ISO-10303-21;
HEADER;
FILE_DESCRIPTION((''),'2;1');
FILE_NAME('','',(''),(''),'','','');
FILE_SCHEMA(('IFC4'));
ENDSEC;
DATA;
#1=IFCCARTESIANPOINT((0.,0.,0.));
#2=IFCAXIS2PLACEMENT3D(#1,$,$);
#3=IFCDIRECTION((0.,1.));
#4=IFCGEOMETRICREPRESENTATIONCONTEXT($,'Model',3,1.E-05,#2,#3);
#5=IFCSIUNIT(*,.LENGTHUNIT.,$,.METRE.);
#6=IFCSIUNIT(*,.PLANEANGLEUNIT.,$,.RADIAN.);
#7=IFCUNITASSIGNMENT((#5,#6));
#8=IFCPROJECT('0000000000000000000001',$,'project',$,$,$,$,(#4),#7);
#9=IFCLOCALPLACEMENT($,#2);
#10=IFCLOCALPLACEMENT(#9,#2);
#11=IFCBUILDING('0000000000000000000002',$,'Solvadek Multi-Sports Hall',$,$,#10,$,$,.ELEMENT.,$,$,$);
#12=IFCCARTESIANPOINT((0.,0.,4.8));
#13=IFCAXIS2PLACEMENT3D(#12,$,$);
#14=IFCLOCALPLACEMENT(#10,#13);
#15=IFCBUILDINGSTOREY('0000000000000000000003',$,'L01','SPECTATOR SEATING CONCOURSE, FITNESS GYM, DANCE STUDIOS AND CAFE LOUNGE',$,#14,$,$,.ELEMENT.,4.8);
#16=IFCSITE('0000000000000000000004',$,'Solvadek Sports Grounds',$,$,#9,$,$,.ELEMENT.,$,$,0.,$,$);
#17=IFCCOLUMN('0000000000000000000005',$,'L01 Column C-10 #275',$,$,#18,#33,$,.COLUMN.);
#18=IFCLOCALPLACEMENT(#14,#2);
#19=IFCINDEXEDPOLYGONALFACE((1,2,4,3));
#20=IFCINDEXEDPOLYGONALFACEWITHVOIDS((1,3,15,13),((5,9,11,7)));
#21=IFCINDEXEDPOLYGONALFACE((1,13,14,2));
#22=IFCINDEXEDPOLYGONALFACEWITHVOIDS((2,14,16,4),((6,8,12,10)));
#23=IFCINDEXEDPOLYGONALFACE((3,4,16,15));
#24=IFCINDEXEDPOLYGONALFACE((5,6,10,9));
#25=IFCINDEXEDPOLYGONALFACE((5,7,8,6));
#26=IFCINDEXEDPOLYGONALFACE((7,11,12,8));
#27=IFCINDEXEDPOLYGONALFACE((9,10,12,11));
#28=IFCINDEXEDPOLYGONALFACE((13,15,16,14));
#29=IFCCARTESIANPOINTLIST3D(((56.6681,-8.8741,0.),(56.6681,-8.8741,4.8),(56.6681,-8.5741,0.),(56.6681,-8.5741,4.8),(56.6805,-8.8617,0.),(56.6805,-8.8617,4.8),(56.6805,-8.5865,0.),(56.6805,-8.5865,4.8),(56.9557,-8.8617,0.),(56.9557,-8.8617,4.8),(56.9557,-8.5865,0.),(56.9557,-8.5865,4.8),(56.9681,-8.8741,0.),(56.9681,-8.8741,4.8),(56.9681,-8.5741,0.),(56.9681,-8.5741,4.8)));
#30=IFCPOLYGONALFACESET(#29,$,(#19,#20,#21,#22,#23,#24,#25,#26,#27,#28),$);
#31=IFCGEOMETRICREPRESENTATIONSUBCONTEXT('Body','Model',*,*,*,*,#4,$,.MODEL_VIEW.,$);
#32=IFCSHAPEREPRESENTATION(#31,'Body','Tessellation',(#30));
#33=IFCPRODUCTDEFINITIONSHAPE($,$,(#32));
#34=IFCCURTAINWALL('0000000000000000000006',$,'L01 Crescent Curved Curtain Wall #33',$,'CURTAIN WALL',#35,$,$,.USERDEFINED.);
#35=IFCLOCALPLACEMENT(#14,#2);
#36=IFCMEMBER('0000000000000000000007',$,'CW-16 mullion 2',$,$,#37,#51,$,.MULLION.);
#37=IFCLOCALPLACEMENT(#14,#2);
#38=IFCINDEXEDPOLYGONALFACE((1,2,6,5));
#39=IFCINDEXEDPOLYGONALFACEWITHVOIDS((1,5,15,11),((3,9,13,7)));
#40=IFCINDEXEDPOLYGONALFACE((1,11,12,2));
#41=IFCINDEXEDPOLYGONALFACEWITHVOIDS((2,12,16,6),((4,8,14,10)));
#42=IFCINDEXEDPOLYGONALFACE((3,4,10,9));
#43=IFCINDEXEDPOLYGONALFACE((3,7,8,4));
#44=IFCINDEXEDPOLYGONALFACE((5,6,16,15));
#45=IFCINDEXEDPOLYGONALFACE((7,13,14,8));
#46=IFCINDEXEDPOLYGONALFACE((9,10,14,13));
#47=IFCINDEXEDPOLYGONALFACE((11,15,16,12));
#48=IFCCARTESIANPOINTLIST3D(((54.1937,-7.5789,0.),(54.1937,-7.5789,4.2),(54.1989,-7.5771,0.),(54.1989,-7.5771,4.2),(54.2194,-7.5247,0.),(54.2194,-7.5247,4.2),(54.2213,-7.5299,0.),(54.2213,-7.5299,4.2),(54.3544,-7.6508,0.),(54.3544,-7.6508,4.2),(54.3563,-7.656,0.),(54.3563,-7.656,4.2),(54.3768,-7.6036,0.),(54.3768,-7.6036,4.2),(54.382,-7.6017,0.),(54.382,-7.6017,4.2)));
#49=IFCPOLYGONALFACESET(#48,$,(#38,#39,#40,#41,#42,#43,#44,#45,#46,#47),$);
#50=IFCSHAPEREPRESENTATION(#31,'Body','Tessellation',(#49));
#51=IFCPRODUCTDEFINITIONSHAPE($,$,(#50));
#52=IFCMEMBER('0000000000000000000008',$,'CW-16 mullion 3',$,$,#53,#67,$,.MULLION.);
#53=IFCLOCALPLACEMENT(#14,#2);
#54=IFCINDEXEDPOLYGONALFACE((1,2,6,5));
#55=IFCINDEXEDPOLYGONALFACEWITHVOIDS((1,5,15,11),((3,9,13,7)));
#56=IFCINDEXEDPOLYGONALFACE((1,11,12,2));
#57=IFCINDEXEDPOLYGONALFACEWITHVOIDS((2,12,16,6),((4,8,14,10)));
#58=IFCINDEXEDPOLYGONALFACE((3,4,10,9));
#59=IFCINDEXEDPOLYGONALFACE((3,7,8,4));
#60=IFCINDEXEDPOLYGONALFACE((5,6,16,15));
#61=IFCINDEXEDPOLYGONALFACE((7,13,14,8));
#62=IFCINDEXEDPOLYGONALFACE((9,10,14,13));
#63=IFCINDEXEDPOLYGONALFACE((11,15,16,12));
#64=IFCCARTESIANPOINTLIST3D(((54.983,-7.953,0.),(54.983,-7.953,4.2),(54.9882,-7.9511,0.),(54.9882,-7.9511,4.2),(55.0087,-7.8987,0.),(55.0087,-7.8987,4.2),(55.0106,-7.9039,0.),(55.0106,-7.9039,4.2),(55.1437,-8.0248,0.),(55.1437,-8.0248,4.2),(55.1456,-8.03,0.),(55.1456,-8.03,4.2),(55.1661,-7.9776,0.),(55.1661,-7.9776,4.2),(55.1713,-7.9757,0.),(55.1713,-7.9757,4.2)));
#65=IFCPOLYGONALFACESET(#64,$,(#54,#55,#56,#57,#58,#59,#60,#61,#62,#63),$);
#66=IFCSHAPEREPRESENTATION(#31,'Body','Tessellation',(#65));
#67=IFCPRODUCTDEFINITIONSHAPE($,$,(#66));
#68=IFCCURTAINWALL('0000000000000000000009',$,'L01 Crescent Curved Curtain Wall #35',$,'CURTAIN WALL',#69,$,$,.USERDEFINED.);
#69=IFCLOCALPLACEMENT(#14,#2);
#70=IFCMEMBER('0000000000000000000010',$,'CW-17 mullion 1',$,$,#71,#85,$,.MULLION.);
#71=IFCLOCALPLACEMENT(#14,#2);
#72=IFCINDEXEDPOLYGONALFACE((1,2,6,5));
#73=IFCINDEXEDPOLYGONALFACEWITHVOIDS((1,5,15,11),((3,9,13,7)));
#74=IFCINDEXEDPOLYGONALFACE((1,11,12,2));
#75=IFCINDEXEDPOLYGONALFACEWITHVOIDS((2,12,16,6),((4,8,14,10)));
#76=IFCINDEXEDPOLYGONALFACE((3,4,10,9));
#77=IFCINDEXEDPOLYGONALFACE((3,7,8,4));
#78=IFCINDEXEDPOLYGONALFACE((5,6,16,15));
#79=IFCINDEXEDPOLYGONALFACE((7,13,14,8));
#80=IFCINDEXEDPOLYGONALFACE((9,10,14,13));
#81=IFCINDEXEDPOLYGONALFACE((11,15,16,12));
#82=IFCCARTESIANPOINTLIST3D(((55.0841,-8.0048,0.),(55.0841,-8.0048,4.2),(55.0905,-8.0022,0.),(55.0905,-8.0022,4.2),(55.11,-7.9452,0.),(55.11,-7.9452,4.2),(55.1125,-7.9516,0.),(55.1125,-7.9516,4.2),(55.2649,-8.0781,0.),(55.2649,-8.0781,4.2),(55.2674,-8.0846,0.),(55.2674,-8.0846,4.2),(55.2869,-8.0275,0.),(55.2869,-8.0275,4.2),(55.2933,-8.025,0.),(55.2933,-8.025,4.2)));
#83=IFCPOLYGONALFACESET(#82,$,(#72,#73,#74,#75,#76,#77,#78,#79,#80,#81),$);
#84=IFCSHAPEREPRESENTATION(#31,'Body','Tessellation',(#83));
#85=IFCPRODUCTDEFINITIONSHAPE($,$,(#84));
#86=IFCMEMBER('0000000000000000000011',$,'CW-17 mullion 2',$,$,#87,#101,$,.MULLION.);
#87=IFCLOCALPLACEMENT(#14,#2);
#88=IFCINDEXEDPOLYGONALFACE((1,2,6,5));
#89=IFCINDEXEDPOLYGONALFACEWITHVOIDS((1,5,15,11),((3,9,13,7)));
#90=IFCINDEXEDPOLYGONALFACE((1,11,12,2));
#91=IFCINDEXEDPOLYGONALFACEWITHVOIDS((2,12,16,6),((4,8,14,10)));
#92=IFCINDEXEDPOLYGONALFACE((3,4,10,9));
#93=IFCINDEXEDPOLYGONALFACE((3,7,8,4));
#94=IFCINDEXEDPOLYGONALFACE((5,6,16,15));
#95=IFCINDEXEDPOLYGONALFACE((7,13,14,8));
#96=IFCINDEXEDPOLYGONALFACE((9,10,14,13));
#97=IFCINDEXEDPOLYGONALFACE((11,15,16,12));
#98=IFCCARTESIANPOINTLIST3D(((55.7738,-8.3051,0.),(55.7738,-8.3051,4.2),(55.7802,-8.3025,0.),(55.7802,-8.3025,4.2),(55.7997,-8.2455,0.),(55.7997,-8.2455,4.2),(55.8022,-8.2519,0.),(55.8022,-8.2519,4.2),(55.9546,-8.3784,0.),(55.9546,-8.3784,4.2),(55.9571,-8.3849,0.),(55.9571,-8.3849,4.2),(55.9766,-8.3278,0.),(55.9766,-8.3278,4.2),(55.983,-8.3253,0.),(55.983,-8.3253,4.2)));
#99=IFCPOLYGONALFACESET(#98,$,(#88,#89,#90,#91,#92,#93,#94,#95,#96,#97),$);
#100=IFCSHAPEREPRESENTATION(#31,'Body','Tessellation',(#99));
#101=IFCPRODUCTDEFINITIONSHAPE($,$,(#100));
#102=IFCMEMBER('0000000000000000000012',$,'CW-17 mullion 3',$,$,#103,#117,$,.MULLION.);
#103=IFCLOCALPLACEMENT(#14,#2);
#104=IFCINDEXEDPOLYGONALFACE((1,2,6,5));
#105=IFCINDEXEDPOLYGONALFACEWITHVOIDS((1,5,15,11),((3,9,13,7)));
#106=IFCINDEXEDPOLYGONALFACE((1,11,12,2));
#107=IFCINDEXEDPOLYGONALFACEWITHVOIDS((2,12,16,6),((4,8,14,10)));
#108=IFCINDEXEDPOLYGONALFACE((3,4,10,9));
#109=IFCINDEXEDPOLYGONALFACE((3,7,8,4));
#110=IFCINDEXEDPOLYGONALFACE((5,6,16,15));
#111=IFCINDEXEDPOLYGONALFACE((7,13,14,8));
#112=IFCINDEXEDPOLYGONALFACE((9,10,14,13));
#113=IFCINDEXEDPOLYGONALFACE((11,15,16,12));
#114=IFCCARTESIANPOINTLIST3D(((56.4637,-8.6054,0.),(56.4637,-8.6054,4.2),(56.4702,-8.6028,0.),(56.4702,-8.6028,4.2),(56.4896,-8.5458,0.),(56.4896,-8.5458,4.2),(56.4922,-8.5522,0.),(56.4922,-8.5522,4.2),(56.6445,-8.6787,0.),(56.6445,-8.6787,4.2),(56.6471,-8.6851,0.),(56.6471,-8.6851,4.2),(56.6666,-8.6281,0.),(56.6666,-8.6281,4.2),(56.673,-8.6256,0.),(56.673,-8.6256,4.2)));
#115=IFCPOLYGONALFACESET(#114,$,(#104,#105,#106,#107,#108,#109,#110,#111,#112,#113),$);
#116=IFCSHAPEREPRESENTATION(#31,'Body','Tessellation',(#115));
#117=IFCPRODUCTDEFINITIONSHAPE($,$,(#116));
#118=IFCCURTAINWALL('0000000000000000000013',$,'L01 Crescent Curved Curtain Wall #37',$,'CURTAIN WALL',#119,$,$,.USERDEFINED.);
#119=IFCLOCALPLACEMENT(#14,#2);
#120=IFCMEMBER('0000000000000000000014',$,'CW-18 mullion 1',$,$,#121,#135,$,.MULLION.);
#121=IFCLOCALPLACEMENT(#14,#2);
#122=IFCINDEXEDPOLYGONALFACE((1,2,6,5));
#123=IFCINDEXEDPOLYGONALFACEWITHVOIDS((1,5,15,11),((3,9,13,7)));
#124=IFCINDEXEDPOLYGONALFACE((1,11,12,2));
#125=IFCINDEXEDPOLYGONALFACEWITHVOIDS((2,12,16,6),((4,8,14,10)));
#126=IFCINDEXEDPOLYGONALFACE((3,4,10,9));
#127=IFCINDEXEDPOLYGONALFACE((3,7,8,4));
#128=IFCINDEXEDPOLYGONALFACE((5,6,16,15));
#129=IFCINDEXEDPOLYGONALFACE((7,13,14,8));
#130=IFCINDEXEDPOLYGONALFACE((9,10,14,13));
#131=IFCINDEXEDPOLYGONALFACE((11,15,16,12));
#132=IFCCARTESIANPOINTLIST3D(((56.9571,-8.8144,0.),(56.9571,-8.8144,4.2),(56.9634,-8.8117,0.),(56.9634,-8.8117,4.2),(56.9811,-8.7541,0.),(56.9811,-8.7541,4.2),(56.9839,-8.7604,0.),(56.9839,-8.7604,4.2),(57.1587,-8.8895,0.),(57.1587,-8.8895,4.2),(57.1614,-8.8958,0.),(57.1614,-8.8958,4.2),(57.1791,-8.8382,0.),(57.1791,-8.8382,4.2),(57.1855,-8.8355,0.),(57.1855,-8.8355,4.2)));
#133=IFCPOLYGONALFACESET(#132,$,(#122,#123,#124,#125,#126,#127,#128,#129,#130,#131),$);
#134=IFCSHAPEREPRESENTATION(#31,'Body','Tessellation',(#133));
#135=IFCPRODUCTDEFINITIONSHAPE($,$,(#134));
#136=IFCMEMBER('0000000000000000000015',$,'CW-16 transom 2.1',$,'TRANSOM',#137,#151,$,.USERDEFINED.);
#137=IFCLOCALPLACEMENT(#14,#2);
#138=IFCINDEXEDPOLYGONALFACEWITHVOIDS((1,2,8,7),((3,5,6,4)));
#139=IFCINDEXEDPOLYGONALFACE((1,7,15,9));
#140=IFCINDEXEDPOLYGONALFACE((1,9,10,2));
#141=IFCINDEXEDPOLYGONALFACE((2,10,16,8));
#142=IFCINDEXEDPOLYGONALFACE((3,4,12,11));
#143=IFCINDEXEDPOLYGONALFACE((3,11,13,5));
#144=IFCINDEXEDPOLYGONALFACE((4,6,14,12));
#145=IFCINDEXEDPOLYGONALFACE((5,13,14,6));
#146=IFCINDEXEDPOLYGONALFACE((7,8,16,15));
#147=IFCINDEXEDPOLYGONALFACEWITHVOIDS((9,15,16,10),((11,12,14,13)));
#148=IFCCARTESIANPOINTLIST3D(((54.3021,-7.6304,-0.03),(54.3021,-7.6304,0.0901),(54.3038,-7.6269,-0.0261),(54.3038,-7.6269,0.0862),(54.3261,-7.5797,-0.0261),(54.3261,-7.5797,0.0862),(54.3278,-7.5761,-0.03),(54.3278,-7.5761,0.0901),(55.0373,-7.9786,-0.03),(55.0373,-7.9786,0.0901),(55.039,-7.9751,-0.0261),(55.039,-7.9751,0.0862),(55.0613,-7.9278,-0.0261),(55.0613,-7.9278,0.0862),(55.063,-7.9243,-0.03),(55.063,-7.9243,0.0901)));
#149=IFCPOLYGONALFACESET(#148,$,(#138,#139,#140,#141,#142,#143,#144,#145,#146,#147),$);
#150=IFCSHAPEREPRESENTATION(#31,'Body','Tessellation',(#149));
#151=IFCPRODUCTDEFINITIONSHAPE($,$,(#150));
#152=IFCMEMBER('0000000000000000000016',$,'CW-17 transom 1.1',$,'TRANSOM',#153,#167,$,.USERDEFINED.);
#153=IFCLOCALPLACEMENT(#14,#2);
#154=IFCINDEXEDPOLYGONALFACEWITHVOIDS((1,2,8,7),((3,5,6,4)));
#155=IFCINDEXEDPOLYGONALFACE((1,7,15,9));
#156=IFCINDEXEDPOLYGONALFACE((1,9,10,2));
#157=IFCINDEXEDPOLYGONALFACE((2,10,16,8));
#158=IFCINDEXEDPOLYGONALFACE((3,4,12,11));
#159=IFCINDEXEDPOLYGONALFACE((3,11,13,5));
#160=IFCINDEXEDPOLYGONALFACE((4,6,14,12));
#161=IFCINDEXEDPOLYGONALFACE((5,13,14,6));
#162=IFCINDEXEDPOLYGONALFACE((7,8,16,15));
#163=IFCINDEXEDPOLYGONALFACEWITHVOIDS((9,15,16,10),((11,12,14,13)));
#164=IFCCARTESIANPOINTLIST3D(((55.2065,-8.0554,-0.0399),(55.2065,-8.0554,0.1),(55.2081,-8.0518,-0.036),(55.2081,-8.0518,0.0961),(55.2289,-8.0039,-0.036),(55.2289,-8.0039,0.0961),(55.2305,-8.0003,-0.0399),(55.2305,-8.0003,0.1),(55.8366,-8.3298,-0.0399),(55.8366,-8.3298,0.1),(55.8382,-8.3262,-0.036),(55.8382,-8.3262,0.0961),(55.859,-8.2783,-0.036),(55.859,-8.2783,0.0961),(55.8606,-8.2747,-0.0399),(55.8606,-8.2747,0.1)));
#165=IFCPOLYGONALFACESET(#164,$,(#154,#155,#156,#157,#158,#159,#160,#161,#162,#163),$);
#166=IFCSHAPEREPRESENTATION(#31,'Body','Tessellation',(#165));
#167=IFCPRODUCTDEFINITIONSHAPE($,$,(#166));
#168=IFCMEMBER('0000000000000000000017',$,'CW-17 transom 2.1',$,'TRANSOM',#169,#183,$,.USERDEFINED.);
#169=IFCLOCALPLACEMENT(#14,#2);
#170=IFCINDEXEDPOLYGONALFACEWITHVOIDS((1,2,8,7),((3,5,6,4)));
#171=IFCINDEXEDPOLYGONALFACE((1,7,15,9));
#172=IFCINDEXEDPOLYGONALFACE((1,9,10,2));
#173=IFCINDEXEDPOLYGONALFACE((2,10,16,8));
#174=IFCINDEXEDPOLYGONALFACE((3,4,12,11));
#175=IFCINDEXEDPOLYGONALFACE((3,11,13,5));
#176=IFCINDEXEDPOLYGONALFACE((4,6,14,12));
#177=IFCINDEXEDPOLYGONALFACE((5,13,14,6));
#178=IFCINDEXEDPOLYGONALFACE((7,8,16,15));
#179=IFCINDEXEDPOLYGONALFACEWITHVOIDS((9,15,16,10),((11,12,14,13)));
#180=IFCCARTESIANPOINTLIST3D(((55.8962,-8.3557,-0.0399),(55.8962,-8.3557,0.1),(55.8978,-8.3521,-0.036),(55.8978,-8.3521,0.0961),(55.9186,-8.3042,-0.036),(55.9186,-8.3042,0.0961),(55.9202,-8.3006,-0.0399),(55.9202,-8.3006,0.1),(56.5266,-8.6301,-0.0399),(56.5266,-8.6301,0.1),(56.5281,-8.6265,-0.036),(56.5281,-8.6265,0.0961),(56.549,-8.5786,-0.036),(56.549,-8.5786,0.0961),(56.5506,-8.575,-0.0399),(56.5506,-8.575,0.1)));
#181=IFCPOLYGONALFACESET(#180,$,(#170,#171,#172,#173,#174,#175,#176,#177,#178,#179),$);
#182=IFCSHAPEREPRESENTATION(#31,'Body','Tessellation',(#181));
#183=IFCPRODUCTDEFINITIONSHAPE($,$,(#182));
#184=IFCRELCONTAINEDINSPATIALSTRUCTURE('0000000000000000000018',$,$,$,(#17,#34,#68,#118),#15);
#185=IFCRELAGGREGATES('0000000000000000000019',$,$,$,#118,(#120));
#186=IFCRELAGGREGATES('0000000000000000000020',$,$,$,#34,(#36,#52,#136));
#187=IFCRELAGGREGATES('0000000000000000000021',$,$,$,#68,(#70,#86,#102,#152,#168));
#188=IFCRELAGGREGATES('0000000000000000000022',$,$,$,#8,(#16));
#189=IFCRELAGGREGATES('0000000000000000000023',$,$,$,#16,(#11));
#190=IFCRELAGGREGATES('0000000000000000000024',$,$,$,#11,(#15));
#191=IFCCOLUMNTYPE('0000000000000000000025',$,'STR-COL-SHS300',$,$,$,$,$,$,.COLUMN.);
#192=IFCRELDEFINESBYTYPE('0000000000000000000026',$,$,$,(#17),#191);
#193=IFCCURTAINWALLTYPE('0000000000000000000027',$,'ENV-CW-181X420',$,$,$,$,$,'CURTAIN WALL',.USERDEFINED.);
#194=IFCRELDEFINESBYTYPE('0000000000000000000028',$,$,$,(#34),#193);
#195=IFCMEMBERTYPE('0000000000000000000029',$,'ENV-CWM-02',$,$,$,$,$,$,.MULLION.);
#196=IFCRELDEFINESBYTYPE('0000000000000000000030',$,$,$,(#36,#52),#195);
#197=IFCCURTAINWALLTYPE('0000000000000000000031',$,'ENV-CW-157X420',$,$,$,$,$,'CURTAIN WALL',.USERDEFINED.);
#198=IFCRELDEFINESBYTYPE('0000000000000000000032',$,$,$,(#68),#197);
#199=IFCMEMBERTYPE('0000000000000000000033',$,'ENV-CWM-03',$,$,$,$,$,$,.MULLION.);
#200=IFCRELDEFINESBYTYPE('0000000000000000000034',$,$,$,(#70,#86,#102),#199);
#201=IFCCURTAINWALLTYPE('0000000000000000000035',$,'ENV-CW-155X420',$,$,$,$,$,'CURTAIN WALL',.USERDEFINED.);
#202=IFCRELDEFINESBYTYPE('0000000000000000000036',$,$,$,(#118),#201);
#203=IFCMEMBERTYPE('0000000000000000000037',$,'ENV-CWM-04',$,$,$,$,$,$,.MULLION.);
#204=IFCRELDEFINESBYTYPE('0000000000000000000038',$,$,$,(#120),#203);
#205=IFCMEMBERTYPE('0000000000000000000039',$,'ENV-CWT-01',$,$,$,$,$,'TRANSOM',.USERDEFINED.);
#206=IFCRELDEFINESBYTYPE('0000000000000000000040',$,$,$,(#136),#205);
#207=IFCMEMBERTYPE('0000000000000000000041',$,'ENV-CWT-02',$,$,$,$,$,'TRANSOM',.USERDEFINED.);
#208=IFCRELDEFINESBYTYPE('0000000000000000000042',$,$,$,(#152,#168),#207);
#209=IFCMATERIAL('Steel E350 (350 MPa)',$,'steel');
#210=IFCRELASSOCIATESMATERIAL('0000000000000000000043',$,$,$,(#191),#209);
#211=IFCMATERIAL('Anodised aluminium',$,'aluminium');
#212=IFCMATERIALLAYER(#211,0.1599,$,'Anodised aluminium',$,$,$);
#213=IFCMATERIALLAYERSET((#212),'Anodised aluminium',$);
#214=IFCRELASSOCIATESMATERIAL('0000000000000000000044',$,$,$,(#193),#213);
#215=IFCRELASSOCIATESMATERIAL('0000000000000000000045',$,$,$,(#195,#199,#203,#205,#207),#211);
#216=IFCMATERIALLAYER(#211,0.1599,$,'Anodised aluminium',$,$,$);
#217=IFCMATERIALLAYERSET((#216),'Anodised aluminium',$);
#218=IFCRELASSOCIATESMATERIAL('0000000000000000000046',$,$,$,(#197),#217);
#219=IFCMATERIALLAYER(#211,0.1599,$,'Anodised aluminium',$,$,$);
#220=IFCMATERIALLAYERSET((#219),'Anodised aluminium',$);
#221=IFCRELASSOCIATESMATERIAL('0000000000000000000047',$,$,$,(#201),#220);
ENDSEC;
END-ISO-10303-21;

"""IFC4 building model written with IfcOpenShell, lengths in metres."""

from ifc_helpers import new_model, si_unit, direction, frame, origin, origin_2d, place, context, subcontext, project, spatial, hollow_rectangle, extrude, material, layer, layer_set, material_profile, profile_set, type_object, element, aggregate, save


model = new_model("IFC4")

# Units and contexts
model_context = context("Model", 3, precision=1e-05, world=origin(), true_north=direction((0.0, 1.0)))
body_context = subcontext(model_context, "Body", "Model", "MODEL_VIEW")
ifc_project = project(units=[si_unit("LENGTHUNIT", "METRE"), si_unit("PLANEANGLEUNIT", "RADIAN")], contexts=[model_context])

# Site, building, storey
site_placement = place(None, origin())
site = spatial("IfcSite", under=ifc_project, at=site_placement, Name="Solvadek Sports Grounds", CompositionType="ELEMENT", RefElevation=0.0)
building_placement = place(site_placement, origin())
building = spatial("IfcBuilding", under=site, at=building_placement, Name="Solvadek Multi-Sports Hall", CompositionType="ELEMENT")
storey_placement = place(building_placement, frame((0.0, 0.0, 4.8)))
storey = spatial("IfcBuildingStorey", under=building, at=storey_placement, Name="L01", Description="SPECTATOR SEATING CONCOURSE, FITNESS GYM, DANCE STUDIOS AND CAFE LOUNGE", CompositionType="ELEMENT", Elevation=4.8)

# Column
ifc_material_1 = material(Name="Steel E350 (350 MPa)", Category="steel")
ifc_material_profile_1 = material_profile(ifc_material_1, hollow_rectangle(XDim=0.3, YDim=0.3, WallThickness=0.0125, at=origin_2d()), Name="SHS 300x300x12.5")
ifc_profile_set_1 = profile_set([ifc_material_profile_1], Name="Steel E350 (350 MPa)")
column_type = type_object("IfcColumnType", Name="STR-COL-SHS300", PredefinedType="COLUMN", material=ifc_profile_set_1)
column_placement = place(storey_placement, frame((56.8181, -8.7241, 0.0), z_axis=(0.0, 0.0, 1.0), x_axis=(1.0, 0.0, 0.0)))
element("IfcColumn", 1, at=column_placement, inside=storey, type_object=column_type, Name="L01 Column C-10 #275", PredefinedType="COLUMN", context=body_context, shape_type="SweptSolid", body=[
    extrude(hollow_rectangle(XDim=0.3, YDim=0.3, WallThickness=0.0125, at=origin_2d()), origin(), (0.0, 0.0, 1.0), 4.8),
])

# Curtain walls, members
ifc_material_2 = material(Name="Anodised aluminium", Category="aluminium")
ifc_layer_1 = layer(ifc_material_2, 0.1599, Name="Anodised aluminium")
ifc_layer_set_1 = layer_set([ifc_layer_1], Name="Anodised aluminium")
curtain_wall_type_1 = type_object("IfcCurtainWallType", Name="ENV-CW-181X420", ElementType="CURTAIN WALL", PredefinedType="USERDEFINED", material=ifc_layer_set_1)
curtain_wall_1_placement = place(storey_placement, origin())
curtain_wall_1 = element("IfcCurtainWall", 2, at=curtain_wall_1_placement, inside=storey, type_object=curtain_wall_type_1, Name="L01 Crescent Curved Curtain Wall #33", ObjectType="CURTAIN WALL", PredefinedType="USERDEFINED")
ifc_material_profile_2 = material_profile(ifc_material_2, hollow_rectangle(XDim=0.0601, YDim=0.1799, WallThickness=0.0039, at=origin_2d()), Name="ALU-M 180x60x4")
ifc_profile_set_2 = profile_set([ifc_material_profile_2], Name="Anodised aluminium")
member_type_1 = type_object("IfcMemberType", Name="ENV-CWM-02", PredefinedType="MULLION", material=ifc_profile_set_2)
member_1_placement = place(storey_placement, frame((54.2878, -7.5903, 0.0), z_axis=(0.0, 0.0, 1.0), x_axis=(0.42816, 0.903703, 0.0)))
member_1 = element("IfcMember", 3, at=member_1_placement, type_object=member_type_1, Name="CW-16 mullion 2", PredefinedType="MULLION", context=body_context, shape_type="SweptSolid", body=[
    extrude(hollow_rectangle(XDim=0.0601, YDim=0.1799, WallThickness=0.0039, at=origin_2d()), origin(), (0.0, 0.0, 1.0), 4.2),
])
member_2_placement = place(storey_placement, frame((55.0771, -7.9644, 0.0), z_axis=(0.0, 0.0, 1.0), x_axis=(0.42816, 0.903703, 0.0)))
member_2 = element("IfcMember", 4, at=member_2_placement, type_object=member_type_1, Name="CW-16 mullion 3", PredefinedType="MULLION", context=body_context, shape_type="SweptSolid", body=[
    extrude(hollow_rectangle(XDim=0.0601, YDim=0.1799, WallThickness=0.0039, at=origin_2d()), origin(), (0.0, 0.0, 1.0), 4.2),
])
ifc_layer_2 = layer(ifc_material_2, 0.1599, Name="Anodised aluminium")
ifc_layer_set_2 = layer_set([ifc_layer_2], Name="Anodised aluminium")
curtain_wall_type_2 = type_object("IfcCurtainWallType", Name="ENV-CW-157X420", ElementType="CURTAIN WALL", PredefinedType="USERDEFINED", material=ifc_layer_set_2)
curtain_wall_2_placement = place(storey_placement, origin())
curtain_wall_2 = element("IfcCurtainWall", 5, at=curtain_wall_2_placement, inside=storey, type_object=curtain_wall_type_2, Name="L01 Crescent Curved Curtain Wall #35", ObjectType="CURTAIN WALL", PredefinedType="USERDEFINED")
ifc_material_profile_3 = material_profile(ifc_material_2, hollow_rectangle(XDim=0.0649, YDim=0.2, WallThickness=0.0049, at=origin_2d()), Name="ALU-M 200x65x5")
ifc_profile_set_3 = profile_set([ifc_material_profile_3], Name="Anodised aluminium")
member_type_2 = type_object("IfcMemberType", Name="ENV-CWM-03", PredefinedType="MULLION", material=ifc_profile_set_3)
member_3_placement = place(storey_placement, frame((55.1887, -8.0149, 0.0), z_axis=(0.0, 0.0, 1.0), x_axis=(0.399057, 0.916926, 0.0)))
member_3 = element("IfcMember", 6, at=member_3_placement, type_object=member_type_2, Name="CW-17 mullion 1", PredefinedType="MULLION", context=body_context, shape_type="SweptSolid", body=[
    extrude(hollow_rectangle(XDim=0.0649, YDim=0.2, WallThickness=0.0049, at=origin_2d()), origin(), (0.0, 0.0, 1.0), 4.2),
])
member_4_placement = place(storey_placement, frame((55.8784, -8.3152, 0.0), z_axis=(0.0, 0.0, 1.0), x_axis=(0.399057, 0.916926, 0.0)))
member_4 = element("IfcMember", 7, at=member_4_placement, type_object=member_type_2, Name="CW-17 mullion 2", PredefinedType="MULLION", context=body_context, shape_type="SweptSolid", body=[
    extrude(hollow_rectangle(XDim=0.0649, YDim=0.2, WallThickness=0.0049, at=origin_2d()), origin(), (0.0, 0.0, 1.0), 4.2),
])
member_5_placement = place(storey_placement, frame((56.5684, -8.6155, 0.0), z_axis=(0.0, 0.0, 1.0), x_axis=(0.399057, 0.916926, 0.0)))
member_5 = element("IfcMember", 8, at=member_5_placement, type_object=member_type_2, Name="CW-17 mullion 3", PredefinedType="MULLION", context=body_context, shape_type="SweptSolid", body=[
    extrude(hollow_rectangle(XDim=0.0649, YDim=0.2, WallThickness=0.0049, at=origin_2d()), origin(), (0.0, 0.0, 1.0), 4.2),
])

# Curtain wall, member
ifc_layer_3 = layer(ifc_material_2, 0.1599, Name="Anodised aluminium")
ifc_layer_set_3 = layer_set([ifc_layer_3], Name="Anodised aluminium")
curtain_wall_type_3 = type_object("IfcCurtainWallType", Name="ENV-CW-155X420", ElementType="CURTAIN WALL", PredefinedType="USERDEFINED", material=ifc_layer_set_3)
curtain_wall_3_placement = place(storey_placement, origin())
curtain_wall_3 = element("IfcCurtainWall", 9, at=curtain_wall_3_placement, inside=storey, type_object=curtain_wall_type_3, Name="L01 Crescent Curved Curtain Wall #37", ObjectType="CURTAIN WALL", PredefinedType="USERDEFINED")
ifc_material_profile_4 = material_profile(ifc_material_2, hollow_rectangle(XDim=0.0649, YDim=0.22, WallThickness=0.0049, at=origin_2d()), Name="ALU-M 220x65x5")
ifc_profile_set_4 = profile_set([ifc_material_profile_4], Name="Anodised aluminium")
member_type_3 = type_object("IfcMemberType", Name="ENV-CWM-04", PredefinedType="MULLION", material=ifc_profile_set_4)
member_6_placement = place(storey_placement, frame((57.0713, -8.825, 0.0), z_axis=(0.0, 0.0, 1.0), x_axis=(0.370163, 0.928967, 0.0)))
member_6 = element("IfcMember", 10, at=member_6_placement, type_object=member_type_3, Name="CW-18 mullion 1", PredefinedType="MULLION", context=body_context, shape_type="SweptSolid", body=[
    extrude(hollow_rectangle(XDim=0.0649, YDim=0.22, WallThickness=0.0049, at=origin_2d()), origin(), (0.0, 0.0, 1.0), 4.2),
])

# Members
ifc_material_profile_5 = material_profile(ifc_material_2, hollow_rectangle(XDim=0.0601, YDim=0.1201, WallThickness=0.0039, at=origin_2d()), Name="ALU-T 120x60x4")
ifc_profile_set_5 = profile_set([ifc_material_profile_5], Name="Anodised aluminium")
member_type_4 = type_object("IfcMemberType", Name="ENV-CWT-01", ElementType="TRANSOM", PredefinedType="USERDEFINED", material=ifc_profile_set_5)
member_7_placement = place(storey_placement, frame((54.3149, -7.6033, 0.03), z_axis=(0.903768, -0.428022, 0.0), x_axis=(0.428022, 0.903768, 0.0)))
member_7 = element("IfcMember", 11, at=member_7_placement, type_object=member_type_4, Name="CW-16 transom 2.1", ObjectType="TRANSOM", PredefinedType="USERDEFINED", context=body_context, shape_type="SweptSolid", body=[
    extrude(hollow_rectangle(XDim=0.0601, YDim=0.1201, WallThickness=0.0039, at=origin_2d()), origin(), (0.0, 0.0, 1.0), 0.8135),
])
ifc_material_profile_6 = material_profile(ifc_material_2, hollow_rectangle(XDim=0.0601, YDim=0.1399, WallThickness=0.0039, at=origin_2d()), Name="ALU-T 140x60x4")
ifc_profile_set_6 = profile_set([ifc_material_profile_6], Name="Anodised aluminium")
member_type_5 = type_object("IfcMemberType", Name="ENV-CWT-02", ElementType="TRANSOM", PredefinedType="USERDEFINED", material=ifc_profile_set_6)
member_8_placement = place(storey_placement, frame((55.2185, -8.0278, 0.03), z_axis=(0.916833, -0.399272, 0.0), x_axis=(0.399272, 0.916833, 0.0)))
member_8 = element("IfcMember", 12, at=member_8_placement, type_object=member_type_5, Name="CW-17 transom 1.1", ObjectType="TRANSOM", PredefinedType="USERDEFINED", context=body_context, shape_type="SweptSolid", body=[
    extrude(hollow_rectangle(XDim=0.0601, YDim=0.1399, WallThickness=0.0039, at=origin_2d()), origin(), (0.0, 0.0, 1.0), 0.6873),
])
member_9_placement = place(storey_placement, frame((55.9082, -8.3281, 0.03), z_axis=(0.916889, -0.399142, 0.0), x_axis=(0.399142, 0.916889, 0.0)))
member_9 = element("IfcMember", 13, at=member_9_placement, type_object=member_type_5, Name="CW-17 transom 2.1", ObjectType="TRANSOM", PredefinedType="USERDEFINED", context=body_context, shape_type="SweptSolid", body=[
    extrude(hollow_rectangle(XDim=0.0601, YDim=0.1399, WallThickness=0.0039, at=origin_2d()), origin(), (0.0, 0.0, 1.0), 0.6875),
])

aggregate(curtain_wall_3, [member_6])
aggregate(curtain_wall_1, [member_1, member_2, member_7])
aggregate(curtain_wall_2, [member_3, member_4, member_5, member_8, member_9])

save(model, "model.ifc")
